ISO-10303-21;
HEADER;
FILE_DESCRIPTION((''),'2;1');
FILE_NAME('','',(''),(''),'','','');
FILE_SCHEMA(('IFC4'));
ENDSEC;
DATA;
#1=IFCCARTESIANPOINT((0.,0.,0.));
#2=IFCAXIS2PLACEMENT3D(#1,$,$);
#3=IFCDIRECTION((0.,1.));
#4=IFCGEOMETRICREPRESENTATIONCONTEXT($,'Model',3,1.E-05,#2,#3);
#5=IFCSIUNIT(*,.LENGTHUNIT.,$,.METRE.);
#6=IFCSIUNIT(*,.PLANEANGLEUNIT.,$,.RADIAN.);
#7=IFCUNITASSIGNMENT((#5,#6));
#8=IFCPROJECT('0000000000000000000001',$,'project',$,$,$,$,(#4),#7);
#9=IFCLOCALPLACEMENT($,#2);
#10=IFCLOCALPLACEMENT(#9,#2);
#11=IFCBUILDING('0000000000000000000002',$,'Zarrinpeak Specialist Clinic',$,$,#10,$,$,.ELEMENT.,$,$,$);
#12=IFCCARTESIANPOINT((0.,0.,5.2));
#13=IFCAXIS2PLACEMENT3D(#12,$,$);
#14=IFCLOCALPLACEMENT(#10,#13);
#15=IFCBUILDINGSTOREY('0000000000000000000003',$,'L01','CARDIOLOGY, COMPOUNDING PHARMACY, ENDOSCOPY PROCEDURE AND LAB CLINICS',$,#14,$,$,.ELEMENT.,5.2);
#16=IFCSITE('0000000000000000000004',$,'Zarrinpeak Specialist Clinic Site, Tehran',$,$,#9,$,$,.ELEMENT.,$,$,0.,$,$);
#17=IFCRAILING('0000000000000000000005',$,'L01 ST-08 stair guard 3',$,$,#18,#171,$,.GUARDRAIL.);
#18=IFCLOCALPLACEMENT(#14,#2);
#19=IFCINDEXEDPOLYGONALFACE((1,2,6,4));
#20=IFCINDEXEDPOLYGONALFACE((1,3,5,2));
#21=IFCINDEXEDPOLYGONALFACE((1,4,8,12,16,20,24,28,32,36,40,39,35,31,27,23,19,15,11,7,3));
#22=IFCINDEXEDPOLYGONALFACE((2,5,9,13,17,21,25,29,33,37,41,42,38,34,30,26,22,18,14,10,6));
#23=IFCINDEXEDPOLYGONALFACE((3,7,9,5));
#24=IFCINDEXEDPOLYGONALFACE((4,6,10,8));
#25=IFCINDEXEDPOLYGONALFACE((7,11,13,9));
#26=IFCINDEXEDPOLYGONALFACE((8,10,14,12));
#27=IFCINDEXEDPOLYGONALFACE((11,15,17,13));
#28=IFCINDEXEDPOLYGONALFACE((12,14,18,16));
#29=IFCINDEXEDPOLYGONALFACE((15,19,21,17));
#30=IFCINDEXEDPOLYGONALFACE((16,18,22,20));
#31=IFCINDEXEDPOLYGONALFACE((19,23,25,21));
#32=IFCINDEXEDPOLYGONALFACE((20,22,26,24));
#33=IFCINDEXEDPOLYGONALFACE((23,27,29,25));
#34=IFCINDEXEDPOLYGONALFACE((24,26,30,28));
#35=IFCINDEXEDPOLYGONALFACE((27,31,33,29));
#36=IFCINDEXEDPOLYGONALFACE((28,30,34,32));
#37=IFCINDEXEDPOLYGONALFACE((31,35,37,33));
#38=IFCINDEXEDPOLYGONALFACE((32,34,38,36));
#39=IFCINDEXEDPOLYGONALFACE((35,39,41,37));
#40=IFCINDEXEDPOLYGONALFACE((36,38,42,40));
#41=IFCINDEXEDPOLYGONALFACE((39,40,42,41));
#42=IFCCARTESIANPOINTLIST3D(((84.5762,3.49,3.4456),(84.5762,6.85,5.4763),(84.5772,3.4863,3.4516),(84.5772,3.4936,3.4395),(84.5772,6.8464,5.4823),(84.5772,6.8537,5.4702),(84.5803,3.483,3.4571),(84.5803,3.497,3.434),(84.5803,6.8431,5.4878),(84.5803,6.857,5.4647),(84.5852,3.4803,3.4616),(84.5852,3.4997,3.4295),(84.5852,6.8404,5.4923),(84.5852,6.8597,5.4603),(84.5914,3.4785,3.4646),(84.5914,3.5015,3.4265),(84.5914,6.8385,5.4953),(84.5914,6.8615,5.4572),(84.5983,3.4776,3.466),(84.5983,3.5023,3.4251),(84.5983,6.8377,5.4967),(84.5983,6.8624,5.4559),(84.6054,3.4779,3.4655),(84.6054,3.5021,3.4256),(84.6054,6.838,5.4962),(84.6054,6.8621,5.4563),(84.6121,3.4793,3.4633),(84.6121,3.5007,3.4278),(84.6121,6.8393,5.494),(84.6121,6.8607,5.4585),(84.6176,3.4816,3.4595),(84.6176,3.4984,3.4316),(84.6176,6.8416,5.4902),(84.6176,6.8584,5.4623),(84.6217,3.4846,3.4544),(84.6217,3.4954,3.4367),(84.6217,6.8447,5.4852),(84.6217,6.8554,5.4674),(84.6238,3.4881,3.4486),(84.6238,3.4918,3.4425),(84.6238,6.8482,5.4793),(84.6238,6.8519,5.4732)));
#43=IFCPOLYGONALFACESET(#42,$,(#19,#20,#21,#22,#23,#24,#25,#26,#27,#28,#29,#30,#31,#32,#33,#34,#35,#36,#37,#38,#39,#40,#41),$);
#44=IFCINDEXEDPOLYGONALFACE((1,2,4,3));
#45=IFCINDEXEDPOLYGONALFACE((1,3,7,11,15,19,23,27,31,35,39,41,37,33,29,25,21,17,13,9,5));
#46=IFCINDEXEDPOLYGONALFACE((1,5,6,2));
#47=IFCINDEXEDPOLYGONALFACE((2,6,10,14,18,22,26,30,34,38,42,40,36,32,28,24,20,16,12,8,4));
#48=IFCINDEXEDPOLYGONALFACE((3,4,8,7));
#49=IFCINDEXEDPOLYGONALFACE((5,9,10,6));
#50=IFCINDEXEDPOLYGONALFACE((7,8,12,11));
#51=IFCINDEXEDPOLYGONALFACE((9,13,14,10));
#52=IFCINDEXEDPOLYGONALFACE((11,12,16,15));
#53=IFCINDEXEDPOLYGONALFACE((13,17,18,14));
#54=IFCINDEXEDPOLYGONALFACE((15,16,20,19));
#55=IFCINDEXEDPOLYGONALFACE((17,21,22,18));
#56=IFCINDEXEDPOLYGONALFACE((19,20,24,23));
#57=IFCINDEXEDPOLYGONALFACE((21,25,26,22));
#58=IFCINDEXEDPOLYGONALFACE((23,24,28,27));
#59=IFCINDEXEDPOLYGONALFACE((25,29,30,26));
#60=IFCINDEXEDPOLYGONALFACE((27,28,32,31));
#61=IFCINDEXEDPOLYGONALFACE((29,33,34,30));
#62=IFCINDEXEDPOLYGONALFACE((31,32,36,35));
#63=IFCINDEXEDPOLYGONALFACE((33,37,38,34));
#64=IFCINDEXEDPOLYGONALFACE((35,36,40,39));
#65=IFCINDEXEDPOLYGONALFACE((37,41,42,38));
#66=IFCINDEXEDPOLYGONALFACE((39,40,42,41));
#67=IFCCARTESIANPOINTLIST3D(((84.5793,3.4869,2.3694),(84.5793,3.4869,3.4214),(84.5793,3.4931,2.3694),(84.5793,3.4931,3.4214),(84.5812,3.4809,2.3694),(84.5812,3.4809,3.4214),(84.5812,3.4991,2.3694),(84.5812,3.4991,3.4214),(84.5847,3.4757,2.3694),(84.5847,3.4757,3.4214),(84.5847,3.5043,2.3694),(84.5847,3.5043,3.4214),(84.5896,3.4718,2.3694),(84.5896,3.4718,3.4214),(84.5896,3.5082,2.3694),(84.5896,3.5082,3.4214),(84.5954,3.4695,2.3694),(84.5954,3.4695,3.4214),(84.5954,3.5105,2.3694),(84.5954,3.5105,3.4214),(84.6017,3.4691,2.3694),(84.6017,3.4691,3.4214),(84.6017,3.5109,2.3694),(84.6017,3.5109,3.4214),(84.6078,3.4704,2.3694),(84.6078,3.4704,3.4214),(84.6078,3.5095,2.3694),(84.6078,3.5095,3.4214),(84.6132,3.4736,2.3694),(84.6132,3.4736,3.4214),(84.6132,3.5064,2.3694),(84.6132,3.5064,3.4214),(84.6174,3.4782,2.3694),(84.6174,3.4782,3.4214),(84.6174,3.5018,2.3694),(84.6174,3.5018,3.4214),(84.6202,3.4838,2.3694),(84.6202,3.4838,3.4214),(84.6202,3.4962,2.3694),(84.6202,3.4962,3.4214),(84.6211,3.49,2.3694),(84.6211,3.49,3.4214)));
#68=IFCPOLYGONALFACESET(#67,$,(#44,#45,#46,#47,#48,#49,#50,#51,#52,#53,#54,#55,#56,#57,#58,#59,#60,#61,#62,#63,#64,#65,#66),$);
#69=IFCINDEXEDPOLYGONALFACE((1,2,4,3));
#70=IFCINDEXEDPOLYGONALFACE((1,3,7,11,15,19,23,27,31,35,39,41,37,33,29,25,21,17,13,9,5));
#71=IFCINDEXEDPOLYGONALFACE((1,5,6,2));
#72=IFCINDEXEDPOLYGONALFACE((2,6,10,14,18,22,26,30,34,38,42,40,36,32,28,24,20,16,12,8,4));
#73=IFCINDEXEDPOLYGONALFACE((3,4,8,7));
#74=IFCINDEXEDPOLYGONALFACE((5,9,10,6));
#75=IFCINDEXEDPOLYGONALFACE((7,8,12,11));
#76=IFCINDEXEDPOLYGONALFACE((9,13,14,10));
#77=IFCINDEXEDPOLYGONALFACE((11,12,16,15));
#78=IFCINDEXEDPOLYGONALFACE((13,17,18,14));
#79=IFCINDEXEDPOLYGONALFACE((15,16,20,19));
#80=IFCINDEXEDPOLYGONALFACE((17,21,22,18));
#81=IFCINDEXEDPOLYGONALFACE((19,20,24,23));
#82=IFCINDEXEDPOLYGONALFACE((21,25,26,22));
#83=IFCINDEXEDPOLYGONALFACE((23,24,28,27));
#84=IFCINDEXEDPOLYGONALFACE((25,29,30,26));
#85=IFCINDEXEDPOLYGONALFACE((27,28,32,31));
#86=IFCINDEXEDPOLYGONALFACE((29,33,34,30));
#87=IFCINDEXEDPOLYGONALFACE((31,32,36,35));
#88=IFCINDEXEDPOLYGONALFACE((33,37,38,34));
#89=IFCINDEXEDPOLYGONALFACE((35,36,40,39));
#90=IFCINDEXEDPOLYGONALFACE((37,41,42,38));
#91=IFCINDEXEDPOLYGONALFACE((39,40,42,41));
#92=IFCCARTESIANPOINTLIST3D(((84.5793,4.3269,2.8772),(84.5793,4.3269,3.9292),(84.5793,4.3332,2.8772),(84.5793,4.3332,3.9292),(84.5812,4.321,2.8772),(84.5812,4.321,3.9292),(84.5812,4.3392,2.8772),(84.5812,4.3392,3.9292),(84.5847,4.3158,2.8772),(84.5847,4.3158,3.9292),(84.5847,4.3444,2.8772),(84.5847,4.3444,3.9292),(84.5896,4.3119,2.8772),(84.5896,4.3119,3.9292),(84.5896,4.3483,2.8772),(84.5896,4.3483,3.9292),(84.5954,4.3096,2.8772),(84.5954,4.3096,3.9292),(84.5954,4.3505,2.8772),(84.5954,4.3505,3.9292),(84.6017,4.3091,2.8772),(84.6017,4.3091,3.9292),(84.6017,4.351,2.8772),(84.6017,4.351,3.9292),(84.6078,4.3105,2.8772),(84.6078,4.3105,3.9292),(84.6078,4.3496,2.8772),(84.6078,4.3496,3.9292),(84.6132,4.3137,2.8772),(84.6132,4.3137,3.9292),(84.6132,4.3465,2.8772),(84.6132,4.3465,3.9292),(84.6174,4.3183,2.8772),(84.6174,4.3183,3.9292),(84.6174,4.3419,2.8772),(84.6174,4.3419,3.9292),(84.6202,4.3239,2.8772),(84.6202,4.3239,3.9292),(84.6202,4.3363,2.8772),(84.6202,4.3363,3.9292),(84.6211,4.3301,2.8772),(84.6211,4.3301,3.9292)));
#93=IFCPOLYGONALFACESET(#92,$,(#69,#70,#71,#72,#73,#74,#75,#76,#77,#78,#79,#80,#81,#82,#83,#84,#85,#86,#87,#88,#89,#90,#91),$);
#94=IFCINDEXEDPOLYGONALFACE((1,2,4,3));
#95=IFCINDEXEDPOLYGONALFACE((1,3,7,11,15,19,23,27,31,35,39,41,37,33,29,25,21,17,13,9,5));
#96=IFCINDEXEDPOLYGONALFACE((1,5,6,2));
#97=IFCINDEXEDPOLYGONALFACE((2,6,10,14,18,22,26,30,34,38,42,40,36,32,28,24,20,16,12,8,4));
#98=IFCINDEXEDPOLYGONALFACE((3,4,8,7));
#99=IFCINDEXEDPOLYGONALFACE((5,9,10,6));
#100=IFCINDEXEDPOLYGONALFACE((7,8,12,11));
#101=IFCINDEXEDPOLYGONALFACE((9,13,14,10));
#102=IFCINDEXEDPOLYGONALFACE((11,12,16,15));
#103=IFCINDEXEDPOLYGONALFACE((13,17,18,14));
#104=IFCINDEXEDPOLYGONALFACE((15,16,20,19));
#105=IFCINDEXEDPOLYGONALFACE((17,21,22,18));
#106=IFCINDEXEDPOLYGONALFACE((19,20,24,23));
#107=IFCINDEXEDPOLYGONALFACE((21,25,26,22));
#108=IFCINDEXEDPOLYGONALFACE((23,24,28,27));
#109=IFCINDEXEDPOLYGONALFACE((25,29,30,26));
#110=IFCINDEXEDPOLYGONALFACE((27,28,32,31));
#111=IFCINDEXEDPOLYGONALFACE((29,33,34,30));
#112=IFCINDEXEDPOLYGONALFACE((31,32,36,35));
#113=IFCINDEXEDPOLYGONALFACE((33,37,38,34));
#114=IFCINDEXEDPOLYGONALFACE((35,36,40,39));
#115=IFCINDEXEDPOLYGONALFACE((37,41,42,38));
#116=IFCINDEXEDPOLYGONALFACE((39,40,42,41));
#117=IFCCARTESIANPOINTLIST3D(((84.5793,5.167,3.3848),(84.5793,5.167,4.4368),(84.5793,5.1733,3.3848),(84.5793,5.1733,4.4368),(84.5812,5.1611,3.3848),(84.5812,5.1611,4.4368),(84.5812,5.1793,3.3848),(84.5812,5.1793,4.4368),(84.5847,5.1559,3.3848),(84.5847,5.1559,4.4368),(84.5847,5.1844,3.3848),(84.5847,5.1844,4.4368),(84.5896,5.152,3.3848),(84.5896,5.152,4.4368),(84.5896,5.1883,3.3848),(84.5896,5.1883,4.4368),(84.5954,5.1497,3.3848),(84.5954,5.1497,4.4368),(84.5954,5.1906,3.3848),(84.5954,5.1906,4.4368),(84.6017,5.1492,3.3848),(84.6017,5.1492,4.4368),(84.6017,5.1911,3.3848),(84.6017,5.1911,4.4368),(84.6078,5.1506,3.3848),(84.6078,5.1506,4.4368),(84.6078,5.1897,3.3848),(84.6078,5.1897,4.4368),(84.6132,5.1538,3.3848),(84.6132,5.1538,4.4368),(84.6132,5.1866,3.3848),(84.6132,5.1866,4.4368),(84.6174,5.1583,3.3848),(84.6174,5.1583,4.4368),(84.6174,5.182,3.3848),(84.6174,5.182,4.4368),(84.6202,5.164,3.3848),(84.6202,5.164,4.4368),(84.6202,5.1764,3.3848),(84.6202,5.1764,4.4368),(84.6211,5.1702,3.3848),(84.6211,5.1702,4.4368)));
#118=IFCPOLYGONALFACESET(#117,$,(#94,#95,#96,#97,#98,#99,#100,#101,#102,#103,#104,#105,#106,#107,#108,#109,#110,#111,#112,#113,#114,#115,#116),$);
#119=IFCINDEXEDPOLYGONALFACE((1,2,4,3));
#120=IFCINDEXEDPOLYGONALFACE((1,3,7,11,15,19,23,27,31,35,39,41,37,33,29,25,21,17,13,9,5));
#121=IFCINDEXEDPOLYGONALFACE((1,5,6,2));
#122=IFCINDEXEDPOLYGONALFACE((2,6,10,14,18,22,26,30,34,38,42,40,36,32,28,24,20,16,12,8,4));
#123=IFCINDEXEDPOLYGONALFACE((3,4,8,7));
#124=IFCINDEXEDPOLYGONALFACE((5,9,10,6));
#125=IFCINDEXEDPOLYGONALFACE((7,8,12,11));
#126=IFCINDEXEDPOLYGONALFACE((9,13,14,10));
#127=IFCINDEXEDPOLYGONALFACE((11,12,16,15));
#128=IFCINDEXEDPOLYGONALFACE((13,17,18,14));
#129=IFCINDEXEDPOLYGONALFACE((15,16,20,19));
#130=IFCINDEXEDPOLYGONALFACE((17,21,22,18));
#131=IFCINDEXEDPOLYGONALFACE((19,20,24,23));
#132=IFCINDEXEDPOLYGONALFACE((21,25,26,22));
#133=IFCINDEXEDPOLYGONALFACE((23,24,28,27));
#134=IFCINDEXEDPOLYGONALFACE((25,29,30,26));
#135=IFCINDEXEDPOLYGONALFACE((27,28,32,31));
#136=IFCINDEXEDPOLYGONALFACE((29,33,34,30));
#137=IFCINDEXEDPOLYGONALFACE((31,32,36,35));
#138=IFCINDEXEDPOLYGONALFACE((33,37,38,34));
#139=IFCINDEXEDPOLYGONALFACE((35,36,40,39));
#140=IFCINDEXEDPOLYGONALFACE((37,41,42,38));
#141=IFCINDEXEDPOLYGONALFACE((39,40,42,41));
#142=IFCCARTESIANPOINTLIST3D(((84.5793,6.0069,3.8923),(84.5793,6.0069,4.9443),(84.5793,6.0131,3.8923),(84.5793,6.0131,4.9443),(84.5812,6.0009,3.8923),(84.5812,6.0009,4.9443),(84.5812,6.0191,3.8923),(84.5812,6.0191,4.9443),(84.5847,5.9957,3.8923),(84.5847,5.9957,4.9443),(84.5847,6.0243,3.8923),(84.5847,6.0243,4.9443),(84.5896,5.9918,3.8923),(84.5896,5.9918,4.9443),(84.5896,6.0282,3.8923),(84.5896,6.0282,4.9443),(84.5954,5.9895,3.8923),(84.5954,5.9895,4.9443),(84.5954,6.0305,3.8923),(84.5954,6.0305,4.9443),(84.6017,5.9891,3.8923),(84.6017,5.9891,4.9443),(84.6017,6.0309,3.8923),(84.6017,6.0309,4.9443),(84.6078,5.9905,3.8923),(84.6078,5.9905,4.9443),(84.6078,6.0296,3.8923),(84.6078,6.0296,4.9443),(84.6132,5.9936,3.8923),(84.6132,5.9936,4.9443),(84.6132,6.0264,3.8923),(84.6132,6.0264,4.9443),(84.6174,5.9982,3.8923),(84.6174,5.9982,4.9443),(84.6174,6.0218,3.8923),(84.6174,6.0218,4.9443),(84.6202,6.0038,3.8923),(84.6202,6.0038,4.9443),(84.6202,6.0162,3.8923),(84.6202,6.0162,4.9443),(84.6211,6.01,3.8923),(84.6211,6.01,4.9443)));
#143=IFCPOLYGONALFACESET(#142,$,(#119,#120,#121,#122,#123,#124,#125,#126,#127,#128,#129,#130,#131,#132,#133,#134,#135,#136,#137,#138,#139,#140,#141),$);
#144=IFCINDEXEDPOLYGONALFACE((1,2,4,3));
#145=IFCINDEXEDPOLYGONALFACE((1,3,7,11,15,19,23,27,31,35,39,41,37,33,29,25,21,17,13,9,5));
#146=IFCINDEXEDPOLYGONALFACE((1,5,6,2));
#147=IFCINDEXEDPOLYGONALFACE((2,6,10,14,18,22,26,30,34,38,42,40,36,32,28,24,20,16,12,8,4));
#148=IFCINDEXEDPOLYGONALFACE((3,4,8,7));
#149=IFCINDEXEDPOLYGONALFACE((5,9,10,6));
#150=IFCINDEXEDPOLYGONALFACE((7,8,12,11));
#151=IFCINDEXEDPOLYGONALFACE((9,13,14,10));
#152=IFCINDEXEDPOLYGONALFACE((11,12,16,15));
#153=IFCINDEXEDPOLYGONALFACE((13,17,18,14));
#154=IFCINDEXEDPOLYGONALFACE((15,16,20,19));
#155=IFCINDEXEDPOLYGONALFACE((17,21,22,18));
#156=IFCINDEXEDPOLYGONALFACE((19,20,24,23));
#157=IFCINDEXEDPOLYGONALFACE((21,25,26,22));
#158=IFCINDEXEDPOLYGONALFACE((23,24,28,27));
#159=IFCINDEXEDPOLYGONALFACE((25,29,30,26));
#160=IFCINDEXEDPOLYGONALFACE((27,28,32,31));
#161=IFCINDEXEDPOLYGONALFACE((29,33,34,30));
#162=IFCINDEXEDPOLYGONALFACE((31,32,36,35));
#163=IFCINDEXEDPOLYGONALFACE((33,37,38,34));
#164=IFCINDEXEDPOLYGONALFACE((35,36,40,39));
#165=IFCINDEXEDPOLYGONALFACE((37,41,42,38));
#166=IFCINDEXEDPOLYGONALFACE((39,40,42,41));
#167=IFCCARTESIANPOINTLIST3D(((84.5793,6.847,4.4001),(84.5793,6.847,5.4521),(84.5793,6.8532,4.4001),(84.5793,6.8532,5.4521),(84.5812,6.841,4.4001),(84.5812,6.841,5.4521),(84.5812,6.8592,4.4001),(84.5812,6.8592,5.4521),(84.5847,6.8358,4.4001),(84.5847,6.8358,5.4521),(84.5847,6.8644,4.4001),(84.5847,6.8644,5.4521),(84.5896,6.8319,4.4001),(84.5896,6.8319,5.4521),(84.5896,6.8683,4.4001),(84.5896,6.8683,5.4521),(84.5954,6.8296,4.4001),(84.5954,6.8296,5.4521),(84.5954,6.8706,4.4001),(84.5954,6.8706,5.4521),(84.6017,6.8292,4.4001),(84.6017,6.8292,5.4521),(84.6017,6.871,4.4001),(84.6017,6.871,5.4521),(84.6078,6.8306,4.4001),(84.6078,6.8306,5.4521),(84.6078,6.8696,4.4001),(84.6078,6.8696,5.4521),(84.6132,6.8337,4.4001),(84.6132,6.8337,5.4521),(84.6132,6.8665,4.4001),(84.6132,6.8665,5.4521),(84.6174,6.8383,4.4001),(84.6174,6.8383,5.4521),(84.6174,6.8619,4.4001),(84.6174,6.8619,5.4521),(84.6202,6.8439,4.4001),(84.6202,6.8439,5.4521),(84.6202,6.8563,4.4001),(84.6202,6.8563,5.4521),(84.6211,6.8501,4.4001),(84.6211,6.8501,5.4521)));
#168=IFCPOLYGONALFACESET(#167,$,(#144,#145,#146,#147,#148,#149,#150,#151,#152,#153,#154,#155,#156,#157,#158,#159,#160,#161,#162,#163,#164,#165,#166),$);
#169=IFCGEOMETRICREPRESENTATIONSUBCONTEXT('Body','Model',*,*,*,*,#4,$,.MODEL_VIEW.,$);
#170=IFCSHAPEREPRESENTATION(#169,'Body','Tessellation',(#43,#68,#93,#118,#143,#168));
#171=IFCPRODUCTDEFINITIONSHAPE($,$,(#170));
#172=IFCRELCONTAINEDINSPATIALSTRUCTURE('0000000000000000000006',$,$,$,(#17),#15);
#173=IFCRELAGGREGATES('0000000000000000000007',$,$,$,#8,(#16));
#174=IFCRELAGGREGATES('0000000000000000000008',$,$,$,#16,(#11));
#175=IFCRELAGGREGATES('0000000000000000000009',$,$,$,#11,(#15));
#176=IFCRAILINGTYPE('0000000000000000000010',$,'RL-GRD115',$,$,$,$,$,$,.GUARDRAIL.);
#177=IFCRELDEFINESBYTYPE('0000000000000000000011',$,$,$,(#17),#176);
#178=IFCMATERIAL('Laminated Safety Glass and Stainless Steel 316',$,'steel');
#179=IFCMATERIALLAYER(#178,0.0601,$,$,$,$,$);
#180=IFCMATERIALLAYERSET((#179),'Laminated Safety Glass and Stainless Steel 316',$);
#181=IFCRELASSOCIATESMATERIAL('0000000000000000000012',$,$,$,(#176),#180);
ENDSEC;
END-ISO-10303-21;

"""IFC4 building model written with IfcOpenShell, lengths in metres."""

from ifc_helpers import new_model, si_unit, direction, frame, origin, origin_2d, place, context, subcontext, project, spatial, circle, extrude, material, layer, layer_set, type_object, element, save


model = new_model("IFC4")

# Units and contexts
model_context = context("Model", 3, precision=1e-05, world=origin(), true_north=direction((0.0, 1.0)))
body_context = subcontext(model_context, "Body", "Model", "MODEL_VIEW")
ifc_project = project(units=[si_unit("LENGTHUNIT", "METRE"), si_unit("PLANEANGLEUNIT", "RADIAN")], contexts=[model_context])

# Site, building, storey
site_placement = place(None, origin())
site = spatial("IfcSite", under=ifc_project, at=site_placement, Name="Zarrinpeak Specialist Clinic Site, Tehran", CompositionType="ELEMENT", RefElevation=0.0)
building_placement = place(site_placement, origin())
building = spatial("IfcBuilding", under=site, at=building_placement, Name="Zarrinpeak Specialist Clinic", CompositionType="ELEMENT")
storey_placement = place(building_placement, frame((0.0, 0.0, 5.2)))
storey = spatial("IfcBuildingStorey", under=building, at=storey_placement, Name="L01", Description="CARDIOLOGY, COMPOUNDING PHARMACY, ENDOSCOPY PROCEDURE AND LAB CLINICS", CompositionType="ELEMENT", Elevation=5.2)

# Railing
ifc_material_1 = material(Name="Laminated Safety Glass and Stainless Steel 316", Category="steel")
ifc_layer_1 = layer(ifc_material_1, 0.0601)
ifc_layer_set_1 = layer_set([ifc_layer_1], Name="Laminated Safety Glass and Stainless Steel 316")
railing_type_1 = type_object("IfcRailingType", Name="RL-GRD115", PredefinedType="GUARDRAIL", material=ifc_layer_set_1)
railing_1_placement = place(storey_placement, frame((84.6001, 3.49, 2.3694)))
element("IfcRailing", 1, at=railing_1_placement, inside=storey, type_object=railing_type_1, Name="L01 ST-08 stair guard 3", PredefinedType="GUARDRAIL", context=body_context, shape_type="SweptSolid", body=[
    extrude(circle(Radius=0.0239, at=origin_2d()), frame((0.0, 0.0, 1.0762), z_axis=(0.0, 0.855837, 0.517246), x_axis=(-1.0, 0.0, 0.0)), (0.0, 0.0, 1.0), 3.926),
    extrude(circle(Radius=0.021, at=origin_2d()), origin(), (0.0, 0.0, 1.0), 1.052),
    extrude(circle(Radius=0.021, at=origin_2d()), frame((0.0, 0.8401, 0.5078)), (0.0, 0.0, 1.0), 1.052),
    extrude(circle(Radius=0.021, at=origin_2d()), frame((0.0, 1.6802, 1.0154)), (0.0, 0.0, 1.0), 1.052),
    extrude(circle(Radius=0.021, at=origin_2d()), frame((0.0, 2.52, 1.5229)), (0.0, 0.0, 1.0), 1.052),
    extrude(circle(Radius=0.021, at=origin_2d()), frame((0.0, 3.3601, 2.0308)), (0.0, 0.0, 1.0), 1.052),
])

save(model, "model.ifc")
